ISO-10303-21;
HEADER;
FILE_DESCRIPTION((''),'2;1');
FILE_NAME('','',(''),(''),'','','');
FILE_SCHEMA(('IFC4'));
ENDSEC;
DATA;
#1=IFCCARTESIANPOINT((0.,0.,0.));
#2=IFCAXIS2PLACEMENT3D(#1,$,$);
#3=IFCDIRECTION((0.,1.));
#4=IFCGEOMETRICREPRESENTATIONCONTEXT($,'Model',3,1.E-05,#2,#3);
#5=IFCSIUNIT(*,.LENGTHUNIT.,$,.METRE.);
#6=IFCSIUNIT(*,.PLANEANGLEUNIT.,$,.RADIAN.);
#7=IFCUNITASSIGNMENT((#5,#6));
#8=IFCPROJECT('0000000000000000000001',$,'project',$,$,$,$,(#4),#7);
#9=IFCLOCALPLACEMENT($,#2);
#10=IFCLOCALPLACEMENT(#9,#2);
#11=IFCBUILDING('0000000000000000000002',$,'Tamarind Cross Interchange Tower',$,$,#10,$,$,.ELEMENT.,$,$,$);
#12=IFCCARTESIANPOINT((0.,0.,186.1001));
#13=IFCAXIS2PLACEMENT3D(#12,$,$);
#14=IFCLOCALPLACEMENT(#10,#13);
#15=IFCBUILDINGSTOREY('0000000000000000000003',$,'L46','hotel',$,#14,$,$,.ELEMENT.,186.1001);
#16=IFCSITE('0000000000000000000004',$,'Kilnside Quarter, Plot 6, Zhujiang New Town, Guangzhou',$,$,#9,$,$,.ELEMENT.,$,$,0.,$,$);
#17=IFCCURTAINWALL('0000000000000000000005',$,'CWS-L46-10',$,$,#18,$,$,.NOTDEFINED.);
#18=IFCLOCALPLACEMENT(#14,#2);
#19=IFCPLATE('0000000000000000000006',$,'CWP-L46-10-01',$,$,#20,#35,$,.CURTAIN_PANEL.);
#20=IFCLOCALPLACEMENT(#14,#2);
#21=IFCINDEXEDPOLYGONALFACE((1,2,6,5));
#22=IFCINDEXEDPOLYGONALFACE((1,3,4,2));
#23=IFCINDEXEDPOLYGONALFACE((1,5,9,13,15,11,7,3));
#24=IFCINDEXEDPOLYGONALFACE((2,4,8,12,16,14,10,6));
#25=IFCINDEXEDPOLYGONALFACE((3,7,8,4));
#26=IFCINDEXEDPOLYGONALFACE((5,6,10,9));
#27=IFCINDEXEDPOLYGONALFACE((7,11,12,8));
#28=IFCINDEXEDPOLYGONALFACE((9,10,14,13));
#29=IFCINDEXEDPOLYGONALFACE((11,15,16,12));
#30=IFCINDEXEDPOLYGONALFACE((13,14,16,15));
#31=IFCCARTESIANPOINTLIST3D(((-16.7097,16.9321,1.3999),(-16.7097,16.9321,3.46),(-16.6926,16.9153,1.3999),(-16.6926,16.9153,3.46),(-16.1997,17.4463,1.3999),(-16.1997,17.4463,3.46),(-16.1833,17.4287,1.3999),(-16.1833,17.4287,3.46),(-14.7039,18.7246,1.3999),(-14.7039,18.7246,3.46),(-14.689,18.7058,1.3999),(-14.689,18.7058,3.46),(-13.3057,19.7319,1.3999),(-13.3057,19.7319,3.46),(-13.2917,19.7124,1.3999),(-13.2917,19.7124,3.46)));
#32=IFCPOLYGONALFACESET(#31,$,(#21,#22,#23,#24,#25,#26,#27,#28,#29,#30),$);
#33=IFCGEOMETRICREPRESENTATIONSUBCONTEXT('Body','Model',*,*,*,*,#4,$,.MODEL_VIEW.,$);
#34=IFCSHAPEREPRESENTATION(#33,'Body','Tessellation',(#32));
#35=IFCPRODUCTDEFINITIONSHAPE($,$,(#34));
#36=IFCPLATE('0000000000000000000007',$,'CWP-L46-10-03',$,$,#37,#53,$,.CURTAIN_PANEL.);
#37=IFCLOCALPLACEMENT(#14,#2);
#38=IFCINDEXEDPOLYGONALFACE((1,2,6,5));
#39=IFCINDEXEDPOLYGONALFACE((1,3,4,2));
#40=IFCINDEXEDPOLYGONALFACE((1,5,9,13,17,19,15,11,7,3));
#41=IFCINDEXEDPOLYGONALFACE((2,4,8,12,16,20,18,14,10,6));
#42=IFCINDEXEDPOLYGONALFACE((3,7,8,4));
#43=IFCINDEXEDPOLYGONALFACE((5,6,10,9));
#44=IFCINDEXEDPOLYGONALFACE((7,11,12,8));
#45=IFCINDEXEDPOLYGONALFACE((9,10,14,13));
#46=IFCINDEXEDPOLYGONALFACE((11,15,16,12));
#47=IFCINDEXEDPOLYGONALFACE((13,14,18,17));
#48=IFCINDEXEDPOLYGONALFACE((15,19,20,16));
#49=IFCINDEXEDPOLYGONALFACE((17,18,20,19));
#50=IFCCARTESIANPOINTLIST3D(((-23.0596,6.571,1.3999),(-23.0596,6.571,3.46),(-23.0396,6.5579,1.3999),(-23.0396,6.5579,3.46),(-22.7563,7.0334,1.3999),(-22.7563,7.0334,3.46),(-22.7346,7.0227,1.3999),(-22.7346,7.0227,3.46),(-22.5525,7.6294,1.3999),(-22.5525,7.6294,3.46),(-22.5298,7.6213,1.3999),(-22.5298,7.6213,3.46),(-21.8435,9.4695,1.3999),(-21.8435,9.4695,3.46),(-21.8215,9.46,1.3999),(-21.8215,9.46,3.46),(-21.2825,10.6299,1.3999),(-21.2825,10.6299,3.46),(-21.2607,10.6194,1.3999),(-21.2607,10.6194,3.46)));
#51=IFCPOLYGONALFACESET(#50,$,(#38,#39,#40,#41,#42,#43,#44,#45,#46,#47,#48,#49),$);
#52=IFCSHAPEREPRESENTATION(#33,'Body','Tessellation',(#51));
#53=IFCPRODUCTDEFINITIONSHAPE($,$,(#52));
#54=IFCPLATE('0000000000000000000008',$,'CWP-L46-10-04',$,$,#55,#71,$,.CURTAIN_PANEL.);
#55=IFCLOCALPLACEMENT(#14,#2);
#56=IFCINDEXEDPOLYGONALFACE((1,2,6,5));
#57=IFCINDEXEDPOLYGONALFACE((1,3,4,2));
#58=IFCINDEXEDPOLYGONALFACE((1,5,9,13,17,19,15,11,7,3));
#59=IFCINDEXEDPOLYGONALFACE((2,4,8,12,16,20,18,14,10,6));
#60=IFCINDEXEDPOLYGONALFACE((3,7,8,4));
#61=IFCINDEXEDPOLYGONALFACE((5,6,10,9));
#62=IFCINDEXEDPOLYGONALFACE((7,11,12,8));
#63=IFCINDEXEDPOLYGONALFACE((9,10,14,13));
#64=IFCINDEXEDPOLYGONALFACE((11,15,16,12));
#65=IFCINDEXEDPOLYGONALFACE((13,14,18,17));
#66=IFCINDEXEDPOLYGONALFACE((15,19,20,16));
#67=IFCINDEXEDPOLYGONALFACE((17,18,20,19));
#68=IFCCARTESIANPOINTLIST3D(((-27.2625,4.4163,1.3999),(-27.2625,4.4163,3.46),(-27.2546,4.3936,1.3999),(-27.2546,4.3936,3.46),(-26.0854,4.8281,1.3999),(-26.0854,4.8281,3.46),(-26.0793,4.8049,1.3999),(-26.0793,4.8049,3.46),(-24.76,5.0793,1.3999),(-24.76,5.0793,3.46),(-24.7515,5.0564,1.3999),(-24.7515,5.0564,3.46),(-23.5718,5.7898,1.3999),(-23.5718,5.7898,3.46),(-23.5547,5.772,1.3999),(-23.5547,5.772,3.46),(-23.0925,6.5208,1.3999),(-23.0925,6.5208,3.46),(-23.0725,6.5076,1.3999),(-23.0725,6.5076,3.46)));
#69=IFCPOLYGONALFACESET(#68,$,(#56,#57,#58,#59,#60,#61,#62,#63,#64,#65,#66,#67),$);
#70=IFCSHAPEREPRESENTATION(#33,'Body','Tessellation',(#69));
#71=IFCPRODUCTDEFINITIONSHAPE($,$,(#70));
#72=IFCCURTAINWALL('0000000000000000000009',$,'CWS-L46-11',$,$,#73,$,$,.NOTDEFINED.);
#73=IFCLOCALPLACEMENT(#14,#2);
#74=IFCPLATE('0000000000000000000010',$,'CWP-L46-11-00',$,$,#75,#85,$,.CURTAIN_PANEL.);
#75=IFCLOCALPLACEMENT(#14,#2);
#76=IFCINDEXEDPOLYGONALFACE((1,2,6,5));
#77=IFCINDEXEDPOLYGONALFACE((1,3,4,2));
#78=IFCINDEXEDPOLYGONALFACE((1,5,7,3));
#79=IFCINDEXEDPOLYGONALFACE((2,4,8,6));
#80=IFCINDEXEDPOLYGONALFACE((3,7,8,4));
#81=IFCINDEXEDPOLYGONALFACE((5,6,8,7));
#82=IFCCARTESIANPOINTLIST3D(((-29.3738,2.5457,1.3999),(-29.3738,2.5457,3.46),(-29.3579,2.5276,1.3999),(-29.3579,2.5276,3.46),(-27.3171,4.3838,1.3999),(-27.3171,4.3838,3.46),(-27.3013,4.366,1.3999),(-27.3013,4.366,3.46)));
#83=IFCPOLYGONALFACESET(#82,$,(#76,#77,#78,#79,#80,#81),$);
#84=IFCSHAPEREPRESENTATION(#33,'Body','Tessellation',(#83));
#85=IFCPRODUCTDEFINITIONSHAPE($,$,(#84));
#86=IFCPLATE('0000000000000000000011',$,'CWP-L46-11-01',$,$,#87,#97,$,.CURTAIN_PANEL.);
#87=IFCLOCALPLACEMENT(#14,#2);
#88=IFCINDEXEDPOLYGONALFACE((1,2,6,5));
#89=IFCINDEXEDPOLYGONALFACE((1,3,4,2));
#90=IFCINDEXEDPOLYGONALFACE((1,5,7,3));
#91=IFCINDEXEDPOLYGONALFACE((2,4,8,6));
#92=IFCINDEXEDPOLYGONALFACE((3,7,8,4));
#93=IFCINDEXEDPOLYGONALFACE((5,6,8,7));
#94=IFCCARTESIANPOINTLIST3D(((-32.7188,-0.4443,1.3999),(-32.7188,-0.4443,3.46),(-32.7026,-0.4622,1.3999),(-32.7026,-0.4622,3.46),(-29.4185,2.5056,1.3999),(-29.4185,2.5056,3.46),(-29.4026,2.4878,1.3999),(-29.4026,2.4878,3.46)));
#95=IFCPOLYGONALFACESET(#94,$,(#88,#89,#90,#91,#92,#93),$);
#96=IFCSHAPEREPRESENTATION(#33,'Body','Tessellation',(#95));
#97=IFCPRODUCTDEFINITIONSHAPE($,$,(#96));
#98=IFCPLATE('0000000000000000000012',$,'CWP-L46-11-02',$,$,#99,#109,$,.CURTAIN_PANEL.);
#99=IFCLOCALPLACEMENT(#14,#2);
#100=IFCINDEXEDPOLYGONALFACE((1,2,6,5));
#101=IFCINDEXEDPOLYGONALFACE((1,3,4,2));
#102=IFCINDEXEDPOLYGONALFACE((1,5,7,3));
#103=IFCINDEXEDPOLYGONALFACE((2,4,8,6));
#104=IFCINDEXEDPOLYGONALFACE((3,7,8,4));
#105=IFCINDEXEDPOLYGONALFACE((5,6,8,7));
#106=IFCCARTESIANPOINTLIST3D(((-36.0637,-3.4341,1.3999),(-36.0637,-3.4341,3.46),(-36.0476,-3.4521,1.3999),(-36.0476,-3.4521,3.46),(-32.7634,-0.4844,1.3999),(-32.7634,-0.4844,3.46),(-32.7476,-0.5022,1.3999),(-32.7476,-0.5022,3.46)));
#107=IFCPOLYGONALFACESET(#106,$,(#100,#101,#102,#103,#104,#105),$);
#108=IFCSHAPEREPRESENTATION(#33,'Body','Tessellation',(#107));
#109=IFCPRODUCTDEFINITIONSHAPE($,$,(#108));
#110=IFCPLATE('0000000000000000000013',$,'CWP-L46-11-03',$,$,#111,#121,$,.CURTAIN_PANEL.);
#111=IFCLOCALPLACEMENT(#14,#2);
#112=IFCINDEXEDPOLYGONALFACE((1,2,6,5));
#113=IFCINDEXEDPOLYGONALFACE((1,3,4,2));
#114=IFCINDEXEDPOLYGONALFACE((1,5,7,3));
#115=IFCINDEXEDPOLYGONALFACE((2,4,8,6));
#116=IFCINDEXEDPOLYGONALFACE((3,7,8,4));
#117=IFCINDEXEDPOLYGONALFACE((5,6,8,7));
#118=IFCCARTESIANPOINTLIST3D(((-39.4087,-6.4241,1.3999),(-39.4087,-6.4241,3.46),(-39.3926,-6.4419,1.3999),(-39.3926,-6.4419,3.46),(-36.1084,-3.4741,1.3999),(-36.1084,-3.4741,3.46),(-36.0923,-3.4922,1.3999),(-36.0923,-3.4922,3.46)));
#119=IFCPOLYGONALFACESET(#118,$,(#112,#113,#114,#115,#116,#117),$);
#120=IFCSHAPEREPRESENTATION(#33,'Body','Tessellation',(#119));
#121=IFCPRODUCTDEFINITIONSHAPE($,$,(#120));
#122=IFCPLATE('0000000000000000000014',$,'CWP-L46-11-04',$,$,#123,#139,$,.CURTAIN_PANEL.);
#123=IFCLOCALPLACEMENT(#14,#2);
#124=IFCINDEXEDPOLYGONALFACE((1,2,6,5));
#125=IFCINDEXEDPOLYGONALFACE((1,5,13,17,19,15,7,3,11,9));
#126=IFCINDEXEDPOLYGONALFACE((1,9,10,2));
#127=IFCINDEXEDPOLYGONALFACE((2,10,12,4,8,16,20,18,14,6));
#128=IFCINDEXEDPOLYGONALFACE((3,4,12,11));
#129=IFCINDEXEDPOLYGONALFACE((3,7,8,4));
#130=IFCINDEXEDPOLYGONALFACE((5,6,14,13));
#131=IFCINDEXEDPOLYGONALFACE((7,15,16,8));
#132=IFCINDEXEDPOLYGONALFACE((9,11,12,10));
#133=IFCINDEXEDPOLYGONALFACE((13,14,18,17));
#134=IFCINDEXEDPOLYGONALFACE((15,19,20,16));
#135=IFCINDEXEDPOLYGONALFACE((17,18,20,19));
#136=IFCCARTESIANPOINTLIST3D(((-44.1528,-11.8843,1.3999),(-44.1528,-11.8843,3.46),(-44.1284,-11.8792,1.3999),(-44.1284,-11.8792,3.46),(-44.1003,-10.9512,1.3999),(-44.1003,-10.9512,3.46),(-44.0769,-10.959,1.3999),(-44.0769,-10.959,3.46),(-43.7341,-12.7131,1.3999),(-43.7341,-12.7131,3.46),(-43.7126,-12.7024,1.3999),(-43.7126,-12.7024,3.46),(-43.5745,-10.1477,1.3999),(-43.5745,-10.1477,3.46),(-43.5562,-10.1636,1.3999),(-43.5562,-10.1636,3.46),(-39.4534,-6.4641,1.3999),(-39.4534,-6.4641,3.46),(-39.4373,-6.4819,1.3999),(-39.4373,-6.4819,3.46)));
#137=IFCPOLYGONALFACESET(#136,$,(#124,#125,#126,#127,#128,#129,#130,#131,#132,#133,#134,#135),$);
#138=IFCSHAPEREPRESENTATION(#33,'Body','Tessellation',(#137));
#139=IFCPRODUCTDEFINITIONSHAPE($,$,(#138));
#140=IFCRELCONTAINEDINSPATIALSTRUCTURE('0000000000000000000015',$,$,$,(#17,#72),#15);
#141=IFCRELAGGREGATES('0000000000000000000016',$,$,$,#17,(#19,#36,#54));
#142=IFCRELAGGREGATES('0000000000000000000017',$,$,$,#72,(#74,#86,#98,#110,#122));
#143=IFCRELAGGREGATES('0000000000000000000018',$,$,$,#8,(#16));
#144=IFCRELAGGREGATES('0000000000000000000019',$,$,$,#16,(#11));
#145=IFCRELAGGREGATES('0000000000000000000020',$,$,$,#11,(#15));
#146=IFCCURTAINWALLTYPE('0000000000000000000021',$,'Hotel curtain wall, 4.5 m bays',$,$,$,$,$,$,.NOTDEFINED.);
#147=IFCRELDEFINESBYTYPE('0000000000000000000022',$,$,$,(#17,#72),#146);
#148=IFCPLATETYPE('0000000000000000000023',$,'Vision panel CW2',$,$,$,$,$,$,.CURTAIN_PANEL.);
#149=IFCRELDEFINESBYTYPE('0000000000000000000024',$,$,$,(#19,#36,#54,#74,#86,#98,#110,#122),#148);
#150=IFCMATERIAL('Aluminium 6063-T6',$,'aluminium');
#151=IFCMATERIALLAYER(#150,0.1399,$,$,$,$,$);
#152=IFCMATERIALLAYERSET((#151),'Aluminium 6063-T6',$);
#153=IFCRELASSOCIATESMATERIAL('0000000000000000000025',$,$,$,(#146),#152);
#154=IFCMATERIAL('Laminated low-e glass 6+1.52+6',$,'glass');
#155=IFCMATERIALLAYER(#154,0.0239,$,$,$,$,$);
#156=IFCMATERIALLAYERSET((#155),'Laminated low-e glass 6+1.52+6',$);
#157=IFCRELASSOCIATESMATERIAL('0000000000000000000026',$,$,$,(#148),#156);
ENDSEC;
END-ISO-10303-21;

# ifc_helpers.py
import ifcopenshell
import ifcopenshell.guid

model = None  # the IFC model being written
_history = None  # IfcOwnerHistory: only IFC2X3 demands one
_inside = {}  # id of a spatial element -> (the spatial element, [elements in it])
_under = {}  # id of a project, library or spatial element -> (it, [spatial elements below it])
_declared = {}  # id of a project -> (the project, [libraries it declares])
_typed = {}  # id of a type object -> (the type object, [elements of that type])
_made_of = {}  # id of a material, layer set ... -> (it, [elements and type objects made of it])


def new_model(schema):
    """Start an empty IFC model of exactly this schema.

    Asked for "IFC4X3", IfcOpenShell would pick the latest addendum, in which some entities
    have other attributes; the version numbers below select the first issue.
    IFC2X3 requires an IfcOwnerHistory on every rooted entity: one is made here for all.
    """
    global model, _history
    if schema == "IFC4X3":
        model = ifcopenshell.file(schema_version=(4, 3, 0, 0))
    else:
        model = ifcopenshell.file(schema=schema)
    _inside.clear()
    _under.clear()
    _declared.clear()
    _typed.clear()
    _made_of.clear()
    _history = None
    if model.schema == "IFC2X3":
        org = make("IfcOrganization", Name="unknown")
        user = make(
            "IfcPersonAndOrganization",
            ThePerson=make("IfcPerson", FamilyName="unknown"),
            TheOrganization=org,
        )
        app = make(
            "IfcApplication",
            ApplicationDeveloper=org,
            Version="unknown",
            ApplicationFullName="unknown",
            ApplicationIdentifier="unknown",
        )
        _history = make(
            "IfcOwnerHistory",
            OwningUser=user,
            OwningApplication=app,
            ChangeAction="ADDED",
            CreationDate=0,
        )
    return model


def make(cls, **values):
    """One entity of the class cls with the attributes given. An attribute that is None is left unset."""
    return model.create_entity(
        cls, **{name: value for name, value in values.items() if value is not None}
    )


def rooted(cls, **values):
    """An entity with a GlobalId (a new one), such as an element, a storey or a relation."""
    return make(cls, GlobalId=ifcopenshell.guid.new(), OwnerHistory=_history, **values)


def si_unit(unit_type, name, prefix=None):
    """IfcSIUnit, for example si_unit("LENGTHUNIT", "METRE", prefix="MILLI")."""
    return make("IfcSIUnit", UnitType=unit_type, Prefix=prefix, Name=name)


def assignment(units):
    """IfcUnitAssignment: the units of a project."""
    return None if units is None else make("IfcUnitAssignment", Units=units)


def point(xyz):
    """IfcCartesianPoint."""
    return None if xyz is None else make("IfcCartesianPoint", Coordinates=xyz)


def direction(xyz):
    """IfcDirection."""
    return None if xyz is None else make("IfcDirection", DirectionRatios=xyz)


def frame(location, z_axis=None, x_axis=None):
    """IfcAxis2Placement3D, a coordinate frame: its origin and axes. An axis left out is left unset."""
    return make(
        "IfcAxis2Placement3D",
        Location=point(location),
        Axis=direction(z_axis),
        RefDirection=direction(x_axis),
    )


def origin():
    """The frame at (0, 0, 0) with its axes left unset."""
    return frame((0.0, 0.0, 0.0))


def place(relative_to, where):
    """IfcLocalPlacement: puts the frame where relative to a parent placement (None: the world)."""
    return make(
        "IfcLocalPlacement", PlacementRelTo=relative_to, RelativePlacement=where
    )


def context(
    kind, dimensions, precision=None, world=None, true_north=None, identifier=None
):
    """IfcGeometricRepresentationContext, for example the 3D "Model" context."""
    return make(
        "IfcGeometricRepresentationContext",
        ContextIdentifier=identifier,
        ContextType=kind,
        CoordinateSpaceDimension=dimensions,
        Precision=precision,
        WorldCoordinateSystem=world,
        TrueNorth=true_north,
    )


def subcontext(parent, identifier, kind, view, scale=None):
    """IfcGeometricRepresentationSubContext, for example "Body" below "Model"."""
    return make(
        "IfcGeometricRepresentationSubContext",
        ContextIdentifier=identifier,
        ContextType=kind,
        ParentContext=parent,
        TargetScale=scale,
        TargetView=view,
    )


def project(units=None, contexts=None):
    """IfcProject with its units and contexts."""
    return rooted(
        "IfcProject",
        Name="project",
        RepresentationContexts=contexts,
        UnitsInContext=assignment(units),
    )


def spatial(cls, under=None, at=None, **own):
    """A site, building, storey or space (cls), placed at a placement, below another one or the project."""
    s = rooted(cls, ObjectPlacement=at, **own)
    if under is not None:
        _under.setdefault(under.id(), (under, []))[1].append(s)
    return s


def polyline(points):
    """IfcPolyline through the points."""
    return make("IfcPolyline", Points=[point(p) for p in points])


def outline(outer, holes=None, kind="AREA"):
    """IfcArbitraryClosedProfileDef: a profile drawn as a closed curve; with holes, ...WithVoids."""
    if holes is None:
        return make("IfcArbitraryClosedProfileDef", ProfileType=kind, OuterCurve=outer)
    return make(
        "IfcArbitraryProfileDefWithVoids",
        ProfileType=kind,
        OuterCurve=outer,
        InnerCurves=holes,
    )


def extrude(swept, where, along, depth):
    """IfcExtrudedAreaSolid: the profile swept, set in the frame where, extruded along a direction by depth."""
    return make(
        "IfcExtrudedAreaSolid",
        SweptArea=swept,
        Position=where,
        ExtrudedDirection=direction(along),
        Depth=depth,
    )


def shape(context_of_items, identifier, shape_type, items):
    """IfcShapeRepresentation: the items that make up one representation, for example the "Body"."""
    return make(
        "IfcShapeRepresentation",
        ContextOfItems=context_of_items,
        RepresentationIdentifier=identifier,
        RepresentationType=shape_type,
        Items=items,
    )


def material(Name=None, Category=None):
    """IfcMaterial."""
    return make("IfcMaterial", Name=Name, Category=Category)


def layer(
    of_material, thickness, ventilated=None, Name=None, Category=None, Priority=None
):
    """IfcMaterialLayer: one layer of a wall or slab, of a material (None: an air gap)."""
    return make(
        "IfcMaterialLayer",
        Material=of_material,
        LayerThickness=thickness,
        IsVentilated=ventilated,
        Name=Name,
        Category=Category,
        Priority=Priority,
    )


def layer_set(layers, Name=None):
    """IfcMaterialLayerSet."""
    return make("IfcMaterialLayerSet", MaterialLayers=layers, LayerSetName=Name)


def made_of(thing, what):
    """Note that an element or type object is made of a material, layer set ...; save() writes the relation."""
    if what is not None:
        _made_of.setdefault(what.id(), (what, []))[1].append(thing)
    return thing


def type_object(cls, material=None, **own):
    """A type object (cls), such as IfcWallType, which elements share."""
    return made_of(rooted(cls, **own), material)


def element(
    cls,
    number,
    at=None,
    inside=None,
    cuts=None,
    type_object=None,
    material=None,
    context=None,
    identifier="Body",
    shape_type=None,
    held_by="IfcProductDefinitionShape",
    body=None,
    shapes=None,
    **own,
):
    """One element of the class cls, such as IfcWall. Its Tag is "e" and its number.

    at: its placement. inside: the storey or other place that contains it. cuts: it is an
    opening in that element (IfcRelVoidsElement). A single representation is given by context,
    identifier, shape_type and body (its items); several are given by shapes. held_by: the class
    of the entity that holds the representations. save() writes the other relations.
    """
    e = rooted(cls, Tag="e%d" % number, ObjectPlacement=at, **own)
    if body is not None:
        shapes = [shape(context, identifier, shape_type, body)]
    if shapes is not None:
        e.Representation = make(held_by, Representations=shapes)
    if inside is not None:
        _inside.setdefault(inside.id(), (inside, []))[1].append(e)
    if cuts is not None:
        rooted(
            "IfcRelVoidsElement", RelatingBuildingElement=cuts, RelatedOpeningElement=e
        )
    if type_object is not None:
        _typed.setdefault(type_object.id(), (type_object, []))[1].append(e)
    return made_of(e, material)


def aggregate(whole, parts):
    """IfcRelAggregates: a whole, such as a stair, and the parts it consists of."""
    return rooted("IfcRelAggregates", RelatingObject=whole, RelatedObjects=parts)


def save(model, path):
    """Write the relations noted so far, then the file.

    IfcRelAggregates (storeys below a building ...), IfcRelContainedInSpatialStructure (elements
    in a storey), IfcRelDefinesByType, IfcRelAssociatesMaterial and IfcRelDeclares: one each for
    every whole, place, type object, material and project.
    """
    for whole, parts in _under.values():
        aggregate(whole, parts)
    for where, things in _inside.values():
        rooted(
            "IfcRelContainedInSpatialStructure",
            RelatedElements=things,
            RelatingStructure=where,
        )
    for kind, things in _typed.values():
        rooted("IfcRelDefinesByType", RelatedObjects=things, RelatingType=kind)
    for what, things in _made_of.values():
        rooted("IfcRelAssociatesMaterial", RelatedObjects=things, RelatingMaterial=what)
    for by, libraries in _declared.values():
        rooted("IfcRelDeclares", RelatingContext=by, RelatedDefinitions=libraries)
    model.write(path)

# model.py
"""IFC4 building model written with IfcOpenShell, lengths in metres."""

from ifc_helpers import new_model, si_unit, direction, frame, origin, place, context, subcontext, project, spatial, polyline, outline, extrude, material, layer, layer_set, type_object, element, aggregate, save


model = new_model("IFC4")

# Units and contexts
model_context = context("Model", 3, precision=1e-05, world=origin(), true_north=direction((0.0, 1.0)))
body_context = subcontext(model_context, "Body", "Model", "MODEL_VIEW")
ifc_project = project(units=[si_unit("LENGTHUNIT", "METRE"), si_unit("PLANEANGLEUNIT", "RADIAN")], contexts=[model_context])

# Site, building, storey
site_placement = place(None, origin())
site = spatial("IfcSite", under=ifc_project, at=site_placement, Name="Kilnside Quarter, Plot 6, Zhujiang New Town, Guangzhou", CompositionType="ELEMENT", RefElevation=0.0)
building_placement = place(site_placement, origin())
building = spatial("IfcBuilding", under=site, at=building_placement, Name="Tamarind Cross Interchange Tower", CompositionType="ELEMENT")
storey_placement = place(building_placement, frame((0.0, 0.0, 186.1001)))
storey = spatial("IfcBuildingStorey", under=building, at=storey_placement, Name="L46", Description="hotel", CompositionType="ELEMENT", Elevation=186.1001)

# Curtain walls, plates
ifc_material_1 = material(Name="Aluminium 6063-T6", Category="aluminium")
ifc_layer_1 = layer(ifc_material_1, 0.1399)
ifc_layer_set_1 = layer_set([ifc_layer_1], Name="Aluminium 6063-T6")
curtain_wall_type = type_object("IfcCurtainWallType", Name="Hotel curtain wall, 4.5 m bays", PredefinedType="NOTDEFINED", material=ifc_layer_set_1)
ifc_material_2 = material(Name="Laminated low-e glass 6+1.52+6", Category="glass")
ifc_layer_2 = layer(ifc_material_2, 0.0239)
ifc_layer_set_2 = layer_set([ifc_layer_2], Name="Laminated low-e glass 6+1.52+6")
plate_type = type_object("IfcPlateType", Name="Vision panel CW2", PredefinedType="CURTAIN_PANEL", material=ifc_layer_set_2)
curtain_wall_1_placement = place(storey_placement, origin())
curtain_wall_1 = element("IfcCurtainWall", 1, at=curtain_wall_1_placement, inside=storey, type_object=curtain_wall_type, Name="CWS-L46-10", PredefinedType="NOTDEFINED")
plate_1_placement = place(storey_placement, frame((0.0, 0.0, 1.3999)))
plate_1 = element("IfcPlate", 2, at=plate_1_placement, type_object=plate_type, Name="CWP-L46-10-01", PredefinedType="CURTAIN_PANEL", context=body_context, shape_type="SweptSolid", body=[
    extrude(outline(polyline([(-13.2917, 19.7124), (-14.689, 18.7058), (-16.1833, 17.4287), (-16.6926, 16.9153), (-16.7097, 16.9321), (-16.1997, 17.4463), (-14.7039, 18.7246), (-13.3057, 19.7319), (-13.2917, 19.7124)])), origin(), (0.0, 0.0, 1.0), 2.0601),
])
plate_2_placement = place(storey_placement, frame((0.0, 0.0, 1.3999)))
plate_2 = element("IfcPlate", 3, at=plate_2_placement, type_object=plate_type, Name="CWP-L46-10-03", PredefinedType="CURTAIN_PANEL", context=body_context, shape_type="SweptSolid", body=[
    extrude(outline(polyline([(-21.2607, 10.6194), (-21.8215, 9.46), (-22.5298, 7.6213), (-22.7346, 7.0227), (-23.0396, 6.5579), (-23.0596, 6.571), (-22.7563, 7.0334), (-22.5525, 7.6294), (-21.8435, 9.4695), (-21.2825, 10.6299), (-21.2607, 10.6194)])), origin(), (0.0, 0.0, 1.0), 2.0601),
])
plate_3_placement = place(storey_placement, frame((0.0, 0.0, 1.3999)))
plate_3 = element("IfcPlate", 4, at=plate_3_placement, type_object=plate_type, Name="CWP-L46-10-04", PredefinedType="CURTAIN_PANEL", context=body_context, shape_type="SweptSolid", body=[
    extrude(outline(polyline([(-23.0725, 6.5076), (-23.5547, 5.772), (-24.7515, 5.0564), (-26.0793, 4.8049), (-27.2546, 4.3936), (-27.2625, 4.4163), (-26.0854, 4.8281), (-24.76, 5.0793), (-23.5718, 5.7898), (-23.0925, 6.5208), (-23.0725, 6.5076)])), origin(), (0.0, 0.0, 1.0), 2.0601),
])
aggregate(curtain_wall_1, [plate_1, plate_2, plate_3])
curtain_wall_2_placement = place(storey_placement, origin())
curtain_wall_2 = element("IfcCurtainWall", 5, at=curtain_wall_2_placement, inside=storey, type_object=curtain_wall_type, Name="CWS-L46-11", PredefinedType="NOTDEFINED")
plate_4_placement = place(storey_placement, frame((0.0, 0.0, 1.3999)))
plate_4 = element("IfcPlate", 6, at=plate_4_placement, type_object=plate_type, Name="CWP-L46-11-00", PredefinedType="CURTAIN_PANEL", context=body_context, shape_type="SweptSolid", body=[
    extrude(outline(polyline([(-27.3013, 4.366), (-29.3579, 2.5276), (-29.3738, 2.5457), (-27.3171, 4.3838), (-27.3013, 4.366)])), origin(), (0.0, 0.0, 1.0), 2.0601),
])
plate_5_placement = place(storey_placement, frame((0.0, 0.0, 1.3999)))
plate_5 = element("IfcPlate", 7, at=plate_5_placement, type_object=plate_type, Name="CWP-L46-11-01", PredefinedType="CURTAIN_PANEL", context=body_context, shape_type="SweptSolid", body=[
    extrude(outline(polyline([(-29.4026, 2.4878), (-32.7026, -0.4622), (-32.7188, -0.4443), (-29.4185, 2.5056), (-29.4026, 2.4878)])), origin(), (0.0, 0.0, 1.0), 2.0601),
])
plate_6_placement = place(storey_placement, frame((0.0, 0.0, 1.3999)))
plate_6 = element("IfcPlate", 8, at=plate_6_placement, type_object=plate_type, Name="CWP-L46-11-02", PredefinedType="CURTAIN_PANEL", context=body_context, shape_type="SweptSolid", body=[
    extrude(outline(polyline([(-32.7476, -0.5022), (-36.0476, -3.4521), (-36.0637, -3.4341), (-32.7634, -0.4844), (-32.7476, -0.5022)])), origin(), (0.0, 0.0, 1.0), 2.0601),
])
plate_7_placement = place(storey_placement, frame((0.0, 0.0, 1.3999)))
plate_7 = element("IfcPlate", 9, at=plate_7_placement, type_object=plate_type, Name="CWP-L46-11-03", PredefinedType="CURTAIN_PANEL", context=body_context, shape_type="SweptSolid", body=[
    extrude(outline(polyline([(-36.0923, -3.4922), (-39.3926, -6.4419), (-39.4087, -6.4241), (-36.1084, -3.4741), (-36.0923, -3.4922)])), origin(), (0.0, 0.0, 1.0), 2.0601),
])
plate_8_placement = place(storey_placement, frame((0.0, 0.0, 1.3999)))
plate_8 = element("IfcPlate", 10, at=plate_8_placement, type_object=plate_type, Name="CWP-L46-11-04", PredefinedType="CURTAIN_PANEL", context=body_context, shape_type="SweptSolid", body=[
    extrude(outline(polyline([(-39.4373, -6.4819), (-43.5562, -10.1636), (-44.0769, -10.959), (-44.1284, -11.8792), (-43.7126, -12.7024), (-43.7341, -12.7131), (-44.1528, -11.8843), (-44.1003, -10.9512), (-43.5745, -10.1477), (-39.4534, -6.4641), (-39.4373, -6.4819)])), origin(), (0.0, 0.0, 1.0), 2.0601),
])
aggregate(curtain_wall_2, [plate_4, plate_5, plate_6, plate_7, plate_8])

save(model, "model.ifc")
